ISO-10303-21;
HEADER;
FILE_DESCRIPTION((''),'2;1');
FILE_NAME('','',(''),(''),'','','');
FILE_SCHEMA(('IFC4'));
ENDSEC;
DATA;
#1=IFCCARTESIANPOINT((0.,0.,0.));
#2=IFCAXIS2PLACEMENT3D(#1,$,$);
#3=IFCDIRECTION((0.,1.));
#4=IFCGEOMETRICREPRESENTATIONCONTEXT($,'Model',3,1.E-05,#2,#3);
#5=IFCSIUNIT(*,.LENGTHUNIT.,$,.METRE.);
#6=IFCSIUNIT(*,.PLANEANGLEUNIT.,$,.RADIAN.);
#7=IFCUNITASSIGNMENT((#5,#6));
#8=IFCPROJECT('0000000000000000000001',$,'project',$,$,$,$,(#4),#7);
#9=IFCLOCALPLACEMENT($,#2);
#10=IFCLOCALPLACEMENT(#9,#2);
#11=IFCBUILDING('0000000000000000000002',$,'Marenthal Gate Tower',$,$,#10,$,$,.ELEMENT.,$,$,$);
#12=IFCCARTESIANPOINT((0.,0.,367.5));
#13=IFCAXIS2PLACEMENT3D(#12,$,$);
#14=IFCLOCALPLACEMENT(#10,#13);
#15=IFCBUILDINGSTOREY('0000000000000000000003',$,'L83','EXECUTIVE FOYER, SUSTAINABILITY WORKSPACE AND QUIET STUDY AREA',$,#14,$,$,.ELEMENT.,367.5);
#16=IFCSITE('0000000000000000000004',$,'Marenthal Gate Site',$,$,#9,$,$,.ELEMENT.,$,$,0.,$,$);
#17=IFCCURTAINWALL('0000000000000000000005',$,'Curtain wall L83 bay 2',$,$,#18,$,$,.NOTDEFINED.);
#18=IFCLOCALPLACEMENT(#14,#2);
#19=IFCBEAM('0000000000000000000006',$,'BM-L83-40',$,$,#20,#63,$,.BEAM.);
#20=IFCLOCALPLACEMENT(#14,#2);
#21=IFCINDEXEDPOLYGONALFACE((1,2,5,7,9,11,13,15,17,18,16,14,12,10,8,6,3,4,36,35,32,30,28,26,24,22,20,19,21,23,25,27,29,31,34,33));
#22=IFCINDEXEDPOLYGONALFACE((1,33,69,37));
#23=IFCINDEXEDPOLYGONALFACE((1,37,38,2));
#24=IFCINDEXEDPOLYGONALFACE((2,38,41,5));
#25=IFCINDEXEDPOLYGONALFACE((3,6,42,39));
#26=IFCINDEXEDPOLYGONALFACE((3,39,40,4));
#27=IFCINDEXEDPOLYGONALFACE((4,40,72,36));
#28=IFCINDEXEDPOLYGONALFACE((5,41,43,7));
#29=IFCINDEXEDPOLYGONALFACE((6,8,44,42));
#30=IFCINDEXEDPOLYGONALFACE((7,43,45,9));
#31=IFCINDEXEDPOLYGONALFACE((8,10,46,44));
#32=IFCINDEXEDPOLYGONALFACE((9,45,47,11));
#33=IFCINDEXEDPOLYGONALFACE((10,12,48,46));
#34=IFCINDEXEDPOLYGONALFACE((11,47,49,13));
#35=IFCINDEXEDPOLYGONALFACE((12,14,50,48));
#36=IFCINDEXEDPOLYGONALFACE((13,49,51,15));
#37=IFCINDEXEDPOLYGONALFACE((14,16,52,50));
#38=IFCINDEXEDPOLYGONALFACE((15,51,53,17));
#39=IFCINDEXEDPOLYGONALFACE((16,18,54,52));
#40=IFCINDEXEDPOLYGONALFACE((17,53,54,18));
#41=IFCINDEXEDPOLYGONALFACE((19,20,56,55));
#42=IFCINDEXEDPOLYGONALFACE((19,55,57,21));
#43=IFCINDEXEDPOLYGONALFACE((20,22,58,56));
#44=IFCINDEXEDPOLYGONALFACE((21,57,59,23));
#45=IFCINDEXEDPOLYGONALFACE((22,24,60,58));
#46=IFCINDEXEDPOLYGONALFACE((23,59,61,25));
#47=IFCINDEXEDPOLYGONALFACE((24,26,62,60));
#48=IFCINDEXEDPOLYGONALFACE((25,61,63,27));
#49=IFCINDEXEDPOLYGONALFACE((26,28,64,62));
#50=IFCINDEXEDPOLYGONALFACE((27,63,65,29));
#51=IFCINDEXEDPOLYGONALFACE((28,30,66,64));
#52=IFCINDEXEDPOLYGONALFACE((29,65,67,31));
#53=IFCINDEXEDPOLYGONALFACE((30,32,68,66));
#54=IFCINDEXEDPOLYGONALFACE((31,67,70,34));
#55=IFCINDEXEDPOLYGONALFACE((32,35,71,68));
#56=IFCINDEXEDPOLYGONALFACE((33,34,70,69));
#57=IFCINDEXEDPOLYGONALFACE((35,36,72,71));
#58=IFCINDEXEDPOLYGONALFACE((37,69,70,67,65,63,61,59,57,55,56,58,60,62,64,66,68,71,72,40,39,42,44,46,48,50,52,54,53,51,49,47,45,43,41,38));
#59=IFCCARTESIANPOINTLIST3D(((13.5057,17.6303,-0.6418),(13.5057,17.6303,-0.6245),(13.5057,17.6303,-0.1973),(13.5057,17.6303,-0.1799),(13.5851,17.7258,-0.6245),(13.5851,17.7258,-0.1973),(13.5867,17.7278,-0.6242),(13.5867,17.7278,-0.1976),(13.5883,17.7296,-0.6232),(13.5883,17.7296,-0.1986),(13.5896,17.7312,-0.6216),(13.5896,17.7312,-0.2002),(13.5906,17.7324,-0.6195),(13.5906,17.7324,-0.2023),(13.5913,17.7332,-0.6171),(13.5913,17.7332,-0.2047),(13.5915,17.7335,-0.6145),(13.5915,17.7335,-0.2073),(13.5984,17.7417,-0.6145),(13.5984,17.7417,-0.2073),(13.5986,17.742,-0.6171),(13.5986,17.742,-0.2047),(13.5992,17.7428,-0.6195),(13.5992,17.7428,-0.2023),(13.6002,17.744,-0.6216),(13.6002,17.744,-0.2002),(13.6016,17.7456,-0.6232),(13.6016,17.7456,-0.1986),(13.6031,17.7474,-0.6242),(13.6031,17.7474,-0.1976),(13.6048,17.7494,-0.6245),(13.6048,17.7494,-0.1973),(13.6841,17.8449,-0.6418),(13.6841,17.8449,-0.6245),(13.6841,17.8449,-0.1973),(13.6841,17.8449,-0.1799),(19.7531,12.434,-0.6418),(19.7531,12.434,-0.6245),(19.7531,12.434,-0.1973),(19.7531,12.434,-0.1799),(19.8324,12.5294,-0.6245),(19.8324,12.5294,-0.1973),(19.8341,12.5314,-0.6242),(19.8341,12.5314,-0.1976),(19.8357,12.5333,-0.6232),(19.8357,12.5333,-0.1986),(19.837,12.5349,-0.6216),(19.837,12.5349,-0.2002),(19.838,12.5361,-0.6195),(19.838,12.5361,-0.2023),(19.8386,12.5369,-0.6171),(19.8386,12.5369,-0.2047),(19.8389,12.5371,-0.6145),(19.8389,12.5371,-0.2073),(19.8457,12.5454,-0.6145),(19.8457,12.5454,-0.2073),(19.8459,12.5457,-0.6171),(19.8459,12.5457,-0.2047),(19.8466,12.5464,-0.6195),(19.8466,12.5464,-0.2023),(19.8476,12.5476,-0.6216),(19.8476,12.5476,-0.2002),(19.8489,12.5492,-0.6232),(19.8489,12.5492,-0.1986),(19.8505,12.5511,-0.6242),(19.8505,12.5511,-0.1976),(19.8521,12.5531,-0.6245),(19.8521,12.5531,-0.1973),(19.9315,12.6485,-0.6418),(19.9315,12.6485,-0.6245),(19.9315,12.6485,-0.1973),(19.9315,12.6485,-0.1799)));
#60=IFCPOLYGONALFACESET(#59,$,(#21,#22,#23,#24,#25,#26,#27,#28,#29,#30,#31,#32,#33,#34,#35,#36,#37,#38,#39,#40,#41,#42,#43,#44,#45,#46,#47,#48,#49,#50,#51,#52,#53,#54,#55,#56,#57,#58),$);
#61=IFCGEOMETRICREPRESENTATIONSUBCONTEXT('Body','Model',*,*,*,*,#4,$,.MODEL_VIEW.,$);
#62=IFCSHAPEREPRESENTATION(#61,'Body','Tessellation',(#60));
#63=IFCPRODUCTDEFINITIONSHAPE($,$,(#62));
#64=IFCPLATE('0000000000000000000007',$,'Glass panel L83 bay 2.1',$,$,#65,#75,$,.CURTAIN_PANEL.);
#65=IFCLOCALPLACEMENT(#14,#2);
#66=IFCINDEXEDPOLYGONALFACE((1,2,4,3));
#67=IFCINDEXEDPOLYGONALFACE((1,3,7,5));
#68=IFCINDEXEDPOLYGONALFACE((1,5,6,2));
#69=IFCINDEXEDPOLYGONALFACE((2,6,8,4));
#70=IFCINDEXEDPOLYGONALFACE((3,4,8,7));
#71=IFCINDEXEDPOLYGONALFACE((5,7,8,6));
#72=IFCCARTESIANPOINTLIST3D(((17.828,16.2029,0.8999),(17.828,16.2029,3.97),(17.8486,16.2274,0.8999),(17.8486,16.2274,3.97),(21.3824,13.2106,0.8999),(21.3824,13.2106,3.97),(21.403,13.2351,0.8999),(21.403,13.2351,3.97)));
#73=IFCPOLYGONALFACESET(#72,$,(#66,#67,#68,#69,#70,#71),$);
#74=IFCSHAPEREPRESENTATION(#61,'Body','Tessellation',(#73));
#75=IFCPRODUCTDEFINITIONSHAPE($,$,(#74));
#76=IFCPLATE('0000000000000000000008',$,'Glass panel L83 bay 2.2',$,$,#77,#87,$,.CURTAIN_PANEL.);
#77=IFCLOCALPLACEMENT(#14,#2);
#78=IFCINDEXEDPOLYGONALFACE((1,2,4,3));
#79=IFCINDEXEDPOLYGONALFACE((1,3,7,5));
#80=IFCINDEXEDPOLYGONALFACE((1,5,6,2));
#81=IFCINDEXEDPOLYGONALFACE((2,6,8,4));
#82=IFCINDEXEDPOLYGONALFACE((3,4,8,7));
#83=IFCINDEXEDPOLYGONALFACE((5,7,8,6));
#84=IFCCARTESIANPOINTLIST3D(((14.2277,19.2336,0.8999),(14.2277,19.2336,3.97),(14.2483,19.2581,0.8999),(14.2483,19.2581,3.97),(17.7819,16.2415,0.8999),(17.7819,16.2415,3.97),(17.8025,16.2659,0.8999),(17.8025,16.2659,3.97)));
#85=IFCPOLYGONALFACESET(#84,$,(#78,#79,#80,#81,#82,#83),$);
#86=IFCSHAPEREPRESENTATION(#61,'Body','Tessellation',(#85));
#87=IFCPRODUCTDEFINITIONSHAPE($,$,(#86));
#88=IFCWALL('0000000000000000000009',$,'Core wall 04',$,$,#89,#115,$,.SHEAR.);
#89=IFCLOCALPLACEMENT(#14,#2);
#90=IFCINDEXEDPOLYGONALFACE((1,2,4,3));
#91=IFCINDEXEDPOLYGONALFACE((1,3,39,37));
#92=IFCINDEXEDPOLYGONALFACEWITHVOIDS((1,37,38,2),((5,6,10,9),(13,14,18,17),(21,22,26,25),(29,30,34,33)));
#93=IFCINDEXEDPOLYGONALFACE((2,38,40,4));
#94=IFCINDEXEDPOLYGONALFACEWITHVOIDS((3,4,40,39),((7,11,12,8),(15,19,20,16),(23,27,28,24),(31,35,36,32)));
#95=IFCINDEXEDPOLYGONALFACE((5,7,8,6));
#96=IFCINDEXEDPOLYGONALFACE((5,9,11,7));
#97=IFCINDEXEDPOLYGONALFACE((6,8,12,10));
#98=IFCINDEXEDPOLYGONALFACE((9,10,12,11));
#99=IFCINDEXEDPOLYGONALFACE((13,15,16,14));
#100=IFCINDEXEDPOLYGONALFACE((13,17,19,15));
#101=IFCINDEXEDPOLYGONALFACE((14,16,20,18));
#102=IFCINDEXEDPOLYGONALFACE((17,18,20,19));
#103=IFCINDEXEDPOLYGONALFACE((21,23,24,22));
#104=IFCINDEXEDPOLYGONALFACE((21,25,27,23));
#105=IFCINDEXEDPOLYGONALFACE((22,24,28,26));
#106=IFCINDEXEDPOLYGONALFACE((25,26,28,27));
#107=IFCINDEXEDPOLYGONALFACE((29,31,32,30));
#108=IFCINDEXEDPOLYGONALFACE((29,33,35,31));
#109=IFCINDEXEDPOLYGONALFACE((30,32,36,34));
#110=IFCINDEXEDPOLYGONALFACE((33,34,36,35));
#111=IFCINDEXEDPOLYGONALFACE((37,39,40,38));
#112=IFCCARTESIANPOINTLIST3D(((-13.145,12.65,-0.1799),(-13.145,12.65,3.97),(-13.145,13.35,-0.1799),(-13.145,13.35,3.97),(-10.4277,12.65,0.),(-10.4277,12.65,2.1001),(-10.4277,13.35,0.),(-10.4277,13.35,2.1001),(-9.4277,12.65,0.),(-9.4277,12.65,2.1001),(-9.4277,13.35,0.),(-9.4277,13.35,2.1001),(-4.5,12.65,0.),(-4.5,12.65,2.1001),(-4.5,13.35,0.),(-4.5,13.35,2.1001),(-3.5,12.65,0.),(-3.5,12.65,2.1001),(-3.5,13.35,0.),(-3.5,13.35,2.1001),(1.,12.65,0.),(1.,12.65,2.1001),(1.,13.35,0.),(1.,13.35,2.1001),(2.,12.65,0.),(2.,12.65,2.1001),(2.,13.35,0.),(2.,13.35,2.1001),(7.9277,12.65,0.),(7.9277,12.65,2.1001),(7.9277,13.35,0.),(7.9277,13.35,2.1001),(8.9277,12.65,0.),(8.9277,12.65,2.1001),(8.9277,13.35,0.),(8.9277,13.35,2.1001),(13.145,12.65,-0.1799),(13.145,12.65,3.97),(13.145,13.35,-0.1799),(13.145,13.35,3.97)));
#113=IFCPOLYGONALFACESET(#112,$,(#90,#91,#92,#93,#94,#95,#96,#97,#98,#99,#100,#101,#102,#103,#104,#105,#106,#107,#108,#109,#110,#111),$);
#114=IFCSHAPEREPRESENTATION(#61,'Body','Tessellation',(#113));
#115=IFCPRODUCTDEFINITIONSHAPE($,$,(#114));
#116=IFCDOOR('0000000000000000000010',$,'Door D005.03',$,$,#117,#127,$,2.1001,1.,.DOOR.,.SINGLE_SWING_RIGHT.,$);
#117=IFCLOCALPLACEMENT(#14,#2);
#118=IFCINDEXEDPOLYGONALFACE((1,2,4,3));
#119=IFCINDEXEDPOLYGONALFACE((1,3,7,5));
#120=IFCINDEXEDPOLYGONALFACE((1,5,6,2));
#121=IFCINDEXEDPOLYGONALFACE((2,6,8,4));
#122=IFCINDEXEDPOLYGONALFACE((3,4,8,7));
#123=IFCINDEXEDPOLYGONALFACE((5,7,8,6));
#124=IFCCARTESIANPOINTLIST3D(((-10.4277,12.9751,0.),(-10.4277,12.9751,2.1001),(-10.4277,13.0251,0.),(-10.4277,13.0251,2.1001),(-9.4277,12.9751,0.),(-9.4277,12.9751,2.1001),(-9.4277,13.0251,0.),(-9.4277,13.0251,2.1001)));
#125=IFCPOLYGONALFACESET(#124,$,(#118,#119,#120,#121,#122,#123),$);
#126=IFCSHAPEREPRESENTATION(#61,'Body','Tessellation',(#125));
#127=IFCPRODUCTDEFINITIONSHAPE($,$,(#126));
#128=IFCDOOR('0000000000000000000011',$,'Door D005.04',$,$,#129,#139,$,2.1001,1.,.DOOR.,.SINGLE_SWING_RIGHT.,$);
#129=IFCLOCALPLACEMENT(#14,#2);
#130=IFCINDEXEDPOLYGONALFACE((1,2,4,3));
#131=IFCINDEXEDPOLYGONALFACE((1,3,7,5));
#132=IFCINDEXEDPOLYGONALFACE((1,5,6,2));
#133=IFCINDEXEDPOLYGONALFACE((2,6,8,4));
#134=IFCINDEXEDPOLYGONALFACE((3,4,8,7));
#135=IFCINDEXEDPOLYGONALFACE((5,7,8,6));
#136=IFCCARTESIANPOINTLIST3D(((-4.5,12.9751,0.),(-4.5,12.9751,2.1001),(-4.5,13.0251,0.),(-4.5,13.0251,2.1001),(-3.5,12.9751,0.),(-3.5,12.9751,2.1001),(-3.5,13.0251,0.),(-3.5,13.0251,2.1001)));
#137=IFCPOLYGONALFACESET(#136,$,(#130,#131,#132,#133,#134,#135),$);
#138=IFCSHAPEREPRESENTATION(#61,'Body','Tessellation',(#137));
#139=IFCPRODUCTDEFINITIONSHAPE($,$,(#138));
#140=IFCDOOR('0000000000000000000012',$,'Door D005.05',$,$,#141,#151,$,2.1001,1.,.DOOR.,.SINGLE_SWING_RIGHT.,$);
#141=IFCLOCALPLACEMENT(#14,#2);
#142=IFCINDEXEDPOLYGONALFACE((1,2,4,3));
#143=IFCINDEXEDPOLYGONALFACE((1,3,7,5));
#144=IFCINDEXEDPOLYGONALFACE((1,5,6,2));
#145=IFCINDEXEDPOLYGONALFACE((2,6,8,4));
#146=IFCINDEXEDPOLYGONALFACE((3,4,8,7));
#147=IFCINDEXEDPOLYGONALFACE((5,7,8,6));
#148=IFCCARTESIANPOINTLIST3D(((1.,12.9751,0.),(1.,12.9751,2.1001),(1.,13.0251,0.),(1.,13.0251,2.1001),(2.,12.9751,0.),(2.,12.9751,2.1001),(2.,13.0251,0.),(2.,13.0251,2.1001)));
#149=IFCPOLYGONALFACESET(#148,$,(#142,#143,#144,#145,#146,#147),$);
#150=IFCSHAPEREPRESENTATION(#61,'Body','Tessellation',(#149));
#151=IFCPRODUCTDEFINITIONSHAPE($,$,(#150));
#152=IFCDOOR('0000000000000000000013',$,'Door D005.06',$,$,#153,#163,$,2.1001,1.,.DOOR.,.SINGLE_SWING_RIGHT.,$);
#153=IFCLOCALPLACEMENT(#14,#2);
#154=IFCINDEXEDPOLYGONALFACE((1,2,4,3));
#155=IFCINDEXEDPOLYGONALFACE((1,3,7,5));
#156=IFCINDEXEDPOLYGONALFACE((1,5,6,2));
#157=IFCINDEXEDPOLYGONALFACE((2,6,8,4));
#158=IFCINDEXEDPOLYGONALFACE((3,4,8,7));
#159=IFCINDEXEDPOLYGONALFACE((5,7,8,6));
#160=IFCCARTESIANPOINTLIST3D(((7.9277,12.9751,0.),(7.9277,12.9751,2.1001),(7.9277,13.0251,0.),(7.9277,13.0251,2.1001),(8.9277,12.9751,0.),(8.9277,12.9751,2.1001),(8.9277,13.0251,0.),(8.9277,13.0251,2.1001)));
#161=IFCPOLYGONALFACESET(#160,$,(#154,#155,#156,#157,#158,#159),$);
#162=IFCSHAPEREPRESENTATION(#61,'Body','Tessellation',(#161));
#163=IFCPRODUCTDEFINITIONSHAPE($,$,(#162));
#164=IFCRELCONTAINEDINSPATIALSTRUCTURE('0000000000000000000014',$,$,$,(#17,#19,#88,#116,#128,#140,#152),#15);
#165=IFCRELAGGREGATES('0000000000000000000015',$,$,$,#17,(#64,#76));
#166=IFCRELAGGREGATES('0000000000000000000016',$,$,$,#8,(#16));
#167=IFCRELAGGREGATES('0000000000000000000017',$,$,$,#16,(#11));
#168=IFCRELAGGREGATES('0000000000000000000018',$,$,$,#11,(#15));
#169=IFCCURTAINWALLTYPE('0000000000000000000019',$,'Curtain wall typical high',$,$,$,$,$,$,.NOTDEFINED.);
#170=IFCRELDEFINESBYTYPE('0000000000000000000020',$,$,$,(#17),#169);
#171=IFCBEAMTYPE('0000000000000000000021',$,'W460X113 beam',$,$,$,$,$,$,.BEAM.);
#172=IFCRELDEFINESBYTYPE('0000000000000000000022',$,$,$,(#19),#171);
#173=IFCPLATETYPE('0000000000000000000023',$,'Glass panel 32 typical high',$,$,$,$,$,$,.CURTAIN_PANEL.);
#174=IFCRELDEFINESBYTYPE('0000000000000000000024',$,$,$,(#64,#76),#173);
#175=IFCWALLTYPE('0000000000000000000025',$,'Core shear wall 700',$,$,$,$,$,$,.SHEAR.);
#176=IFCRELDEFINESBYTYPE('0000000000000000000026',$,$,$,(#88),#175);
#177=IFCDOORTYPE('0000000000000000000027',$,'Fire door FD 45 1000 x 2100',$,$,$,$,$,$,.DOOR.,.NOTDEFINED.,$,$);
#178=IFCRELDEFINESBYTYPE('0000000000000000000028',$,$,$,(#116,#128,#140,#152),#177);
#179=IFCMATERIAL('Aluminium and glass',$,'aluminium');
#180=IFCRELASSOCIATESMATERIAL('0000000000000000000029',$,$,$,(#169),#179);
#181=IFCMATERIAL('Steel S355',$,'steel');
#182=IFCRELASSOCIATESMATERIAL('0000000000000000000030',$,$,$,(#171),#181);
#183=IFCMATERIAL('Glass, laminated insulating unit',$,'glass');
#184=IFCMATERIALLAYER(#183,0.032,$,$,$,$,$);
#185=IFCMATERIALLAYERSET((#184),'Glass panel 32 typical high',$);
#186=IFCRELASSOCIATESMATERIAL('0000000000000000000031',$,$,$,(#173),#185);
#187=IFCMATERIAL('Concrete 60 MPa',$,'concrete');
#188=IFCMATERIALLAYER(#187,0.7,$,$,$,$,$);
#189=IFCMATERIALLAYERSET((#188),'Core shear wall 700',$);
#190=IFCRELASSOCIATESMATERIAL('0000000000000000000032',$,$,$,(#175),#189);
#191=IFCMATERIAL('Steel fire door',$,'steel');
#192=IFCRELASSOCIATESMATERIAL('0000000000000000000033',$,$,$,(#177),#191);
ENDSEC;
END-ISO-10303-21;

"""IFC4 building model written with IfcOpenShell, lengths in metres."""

from ifc_helpers import new_model, si_unit, direction, frame, frame_2d, origin, origin_2d, place, context, subcontext, project, spatial, rectangle, i_section, extrude, material, layer, layer_set, material_profile, profile_set, type_object, element, fill, aggregate, save


model = new_model("IFC4")

# Units and contexts
model_context = context("Model", 3, precision=1e-05, world=origin(), true_north=direction((0.0, 1.0)))
body_context = subcontext(model_context, "Body", "Model", "MODEL_VIEW")
ifc_project = project(units=[si_unit("LENGTHUNIT", "METRE"), si_unit("PLANEANGLEUNIT", "RADIAN")], contexts=[model_context])

# Site, building, storey
site_placement = place(None, origin())
site = spatial("IfcSite", under=ifc_project, at=site_placement, Name="Marenthal Gate Site", CompositionType="ELEMENT", RefElevation=0.0)
building_placement = place(site_placement, origin())
building = spatial("IfcBuilding", under=site, at=building_placement, Name="Marenthal Gate Tower", CompositionType="ELEMENT")
storey_placement = place(building_placement, frame((0.0, 0.0, 367.5)))
storey = spatial("IfcBuildingStorey", under=building, at=storey_placement, Name="L83", Description="EXECUTIVE FOYER, SUSTAINABILITY WORKSPACE AND QUIET STUDY AREA", CompositionType="ELEMENT", Elevation=367.5)

# Curtain wall
ifc_material_1 = material(Name="Aluminium and glass", Category="aluminium")
curtain_wall_type = type_object("IfcCurtainWallType", Name="Curtain wall typical high", PredefinedType="NOTDEFINED", material=ifc_material_1)
curtain_wall_placement = place(storey_placement, origin())
curtain_wall = element("IfcCurtainWall", 1, at=curtain_wall_placement, inside=storey, type_object=curtain_wall_type, Name="Curtain wall L83 bay 2", PredefinedType="NOTDEFINED")

# Beam
ifc_material_2 = material(Name="Steel S355", Category="steel")
ifc_material_profile_1 = material_profile(ifc_material_2, i_section(OverallWidth=0.2791, OverallDepth=0.4619, WebThickness=0.0107, FlangeThickness=0.0173, FilletRadius=0.01, at=origin_2d()), Name="W460X113")
ifc_profile_set_1 = profile_set([ifc_material_profile_1], Name="Steel S355")
beam_type_1 = type_object("IfcBeamType", Name="W460X113 beam", PredefinedType="BEAM", material=ifc_profile_set_1)
beam_1_placement = place(storey_placement, frame((19.8423, 12.5413, -0.4109), z_axis=(-0.768814, 0.639472, 0.0), x_axis=(-0.639472, -0.768814, 0.0)))
element("IfcBeam", 2, at=beam_1_placement, inside=storey, type_object=beam_type_1, Name="BM-L83-40", PredefinedType="BEAM", context=body_context, shape_type="SweptSolid", body=[
    extrude(i_section(OverallWidth=0.2791, OverallDepth=0.4619, WebThickness=0.0107, FlangeThickness=0.0173, FilletRadius=0.01, at=origin_2d()), origin(), (0.0, 0.0, 1.0), 8.126),
])

# Plates
ifc_material_3 = material(Name="Glass, laminated insulating unit", Category="glass")
ifc_layer_1 = layer(ifc_material_3, 0.032)
ifc_layer_set_1 = layer_set([ifc_layer_1], Name="Glass panel 32 typical high")
plate_type = type_object("IfcPlateType", Name="Glass panel 32 typical high", PredefinedType="CURTAIN_PANEL", material=ifc_layer_set_1)
plate_1_placement = place(storey_placement, frame((19.6155, 14.719, 0.8999), z_axis=(0.0, 0.0, 1.0), x_axis=(-0.765006, 0.644023, 0.0)))
plate_1 = element("IfcPlate", 3, at=plate_1_placement, type_object=plate_type, Name="Glass panel L83 bay 2.1", PredefinedType="CURTAIN_PANEL", context=body_context, shape_type="SweptSolid", body=[
    extrude(rectangle(XDim=4.6462, YDim=0.032, at=origin_2d()), origin(), (0.0, 0.0, 1.0), 3.0701),
])
plate_2_placement = place(storey_placement, frame((16.0151, 17.7498, 0.8999), z_axis=(0.0, 0.0, 1.0), x_axis=(-0.765006, 0.644023, 0.0)))
plate_2 = element("IfcPlate", 4, at=plate_2_placement, type_object=plate_type, Name="Glass panel L83 bay 2.2", PredefinedType="CURTAIN_PANEL", context=body_context, shape_type="SweptSolid", body=[
    extrude(rectangle(XDim=4.646, YDim=0.032, at=origin_2d()), origin(), (0.0, 0.0, 1.0), 3.0701),
])
aggregate(curtain_wall, [plate_1, plate_2])

# Wall, openings, doors
ifc_material_4 = material(Name="Concrete 60 MPa", Category="concrete")
ifc_layer_2 = layer(ifc_material_4, 0.7)
ifc_layer_set_2 = layer_set([ifc_layer_2], Name="Core shear wall 700")
wall_type_1 = type_object("IfcWallType", Name="Core shear wall 700", PredefinedType="SHEAR", material=ifc_layer_set_2)
wall_1_placement = place(storey_placement, frame((13.145, 13.0, -0.1799), z_axis=(0.0, 0.0, 1.0), x_axis=(-1.0, 0.0, 0.0)))
wall_1 = element("IfcWall", 5, at=wall_1_placement, inside=storey, type_object=wall_type_1, Name="Core wall 04", PredefinedType="SHEAR", context=body_context, shape_type="SweptSolid", body=[
    extrude(rectangle(XDim=26.29, YDim=0.7, at=frame_2d((13.145, 0.0))), origin(), (0.0, 0.0, 1.0), 4.1499),
])
opening_1_placement = place(wall_1_placement, frame((22.5728, 0.0, 0.1799)))
opening_1 = element("IfcOpeningElement", 6, at=opening_1_placement, cuts=wall_1, PredefinedType="OPENING", context=body_context, shape_type="SweptSolid", body=[
    extrude(rectangle(XDim=1.0, YDim=2.1001, at=frame_2d((0.5, 1.05))), frame((0.0, 0.3599, 0.0), z_axis=(0.0, -1.0, 0.0), x_axis=(1.0, 0.0, 0.0)), (0.0, 0.0, 1.0), 0.72),
])
opening_2_placement = place(wall_1_placement, frame((16.645, 0.0, 0.1799)))
opening_2 = element("IfcOpeningElement", 7, at=opening_2_placement, cuts=wall_1, PredefinedType="OPENING", context=body_context, shape_type="SweptSolid", body=[
    extrude(rectangle(XDim=1.0, YDim=2.1001, at=frame_2d((0.5, 1.05))), frame((0.0, 0.3599, 0.0), z_axis=(0.0, -1.0, 0.0), x_axis=(1.0, 0.0, 0.0)), (0.0, 0.0, 1.0), 0.72),
])
opening_3_placement = place(wall_1_placement, frame((11.145, 0.0, 0.1799)))
opening_3 = element("IfcOpeningElement", 8, at=opening_3_placement, cuts=wall_1, PredefinedType="OPENING", context=body_context, shape_type="SweptSolid", body=[
    extrude(rectangle(XDim=1.0, YDim=2.1001, at=frame_2d((0.5, 1.05))), frame((0.0, 0.3599, 0.0), z_axis=(0.0, -1.0, 0.0), x_axis=(1.0, 0.0, 0.0)), (0.0, 0.0, 1.0), 0.72),
])
opening_4_placement = place(wall_1_placement, frame((4.2173, 0.0, 0.1799)))
opening_4 = element("IfcOpeningElement", 9, at=opening_4_placement, cuts=wall_1, PredefinedType="OPENING", context=body_context, shape_type="SweptSolid", body=[
    extrude(rectangle(XDim=1.0, YDim=2.1001, at=frame_2d((0.5, 1.05))), frame((0.0, 0.3599, 0.0), z_axis=(0.0, -1.0, 0.0), x_axis=(1.0, 0.0, 0.0)), (0.0, 0.0, 1.0), 0.72),
])
ifc_material_5 = material(Name="Steel fire door", Category="steel")
door_type_1 = type_object("IfcDoorType", Name="Fire door FD 45 1000 x 2100", OperationType="NOTDEFINED", PredefinedType="DOOR", material=ifc_material_5)
door_1_placement = place(opening_1_placement, origin())
door_1 = element("IfcDoor", 10, at=door_1_placement, inside=storey, type_object=door_type_1, Name="Door D005.03", OperationType="SINGLE_SWING_RIGHT", OverallHeight=2.1001, OverallWidth=1.0, PredefinedType="DOOR", context=body_context, shape_type="SweptSolid", body=[
    extrude(rectangle(XDim=1.0, YDim=2.1001, at=frame_2d((0.5, 1.05))), frame((0.0, 0.0249, 0.0), z_axis=(0.0, -1.0, 0.0), x_axis=(1.0, 0.0, 0.0)), (0.0, 0.0, 1.0), 0.05),
])
fill(opening_1, door_1)
door_2_placement = place(opening_2_placement, origin())
door_2 = element("IfcDoor", 11, at=door_2_placement, inside=storey, type_object=door_type_1, Name="Door D005.04", OperationType="SINGLE_SWING_RIGHT", OverallHeight=2.1001, OverallWidth=1.0, PredefinedType="DOOR", context=body_context, shape_type="SweptSolid", body=[
    extrude(rectangle(XDim=1.0, YDim=2.1001, at=frame_2d((0.5, 1.05))), frame((0.0, 0.0249, 0.0), z_axis=(0.0, -1.0, 0.0), x_axis=(1.0, 0.0, 0.0)), (0.0, 0.0, 1.0), 0.05),
])
fill(opening_2, door_2)
door_3_placement = place(opening_3_placement, origin())
door_3 = element("IfcDoor", 12, at=door_3_placement, inside=storey, type_object=door_type_1, Name="Door D005.05", OperationType="SINGLE_SWING_RIGHT", OverallHeight=2.1001, OverallWidth=1.0, PredefinedType="DOOR", context=body_context, shape_type="SweptSolid", body=[
    extrude(rectangle(XDim=1.0, YDim=2.1001, at=frame_2d((0.5, 1.05))), frame((0.0, 0.0249, 0.0), z_axis=(0.0, -1.0, 0.0), x_axis=(1.0, 0.0, 0.0)), (0.0, 0.0, 1.0), 0.05),
])
fill(opening_3, door_3)
door_4_placement = place(opening_4_placement, origin())
door_4 = element("IfcDoor", 13, at=door_4_placement, inside=storey, type_object=door_type_1, Name="Door D005.06", OperationType="SINGLE_SWING_RIGHT", OverallHeight=2.1001, OverallWidth=1.0, PredefinedType="DOOR", context=body_context, shape_type="SweptSolid", body=[
    extrude(rectangle(XDim=1.0, YDim=2.1001, at=frame_2d((0.5, 1.05))), frame((0.0, 0.0249, 0.0), z_axis=(0.0, -1.0, 0.0), x_axis=(1.0, 0.0, 0.0)), (0.0, 0.0, 1.0), 0.05),
])
fill(opening_4, door_4)

save(model, "model.ifc")
